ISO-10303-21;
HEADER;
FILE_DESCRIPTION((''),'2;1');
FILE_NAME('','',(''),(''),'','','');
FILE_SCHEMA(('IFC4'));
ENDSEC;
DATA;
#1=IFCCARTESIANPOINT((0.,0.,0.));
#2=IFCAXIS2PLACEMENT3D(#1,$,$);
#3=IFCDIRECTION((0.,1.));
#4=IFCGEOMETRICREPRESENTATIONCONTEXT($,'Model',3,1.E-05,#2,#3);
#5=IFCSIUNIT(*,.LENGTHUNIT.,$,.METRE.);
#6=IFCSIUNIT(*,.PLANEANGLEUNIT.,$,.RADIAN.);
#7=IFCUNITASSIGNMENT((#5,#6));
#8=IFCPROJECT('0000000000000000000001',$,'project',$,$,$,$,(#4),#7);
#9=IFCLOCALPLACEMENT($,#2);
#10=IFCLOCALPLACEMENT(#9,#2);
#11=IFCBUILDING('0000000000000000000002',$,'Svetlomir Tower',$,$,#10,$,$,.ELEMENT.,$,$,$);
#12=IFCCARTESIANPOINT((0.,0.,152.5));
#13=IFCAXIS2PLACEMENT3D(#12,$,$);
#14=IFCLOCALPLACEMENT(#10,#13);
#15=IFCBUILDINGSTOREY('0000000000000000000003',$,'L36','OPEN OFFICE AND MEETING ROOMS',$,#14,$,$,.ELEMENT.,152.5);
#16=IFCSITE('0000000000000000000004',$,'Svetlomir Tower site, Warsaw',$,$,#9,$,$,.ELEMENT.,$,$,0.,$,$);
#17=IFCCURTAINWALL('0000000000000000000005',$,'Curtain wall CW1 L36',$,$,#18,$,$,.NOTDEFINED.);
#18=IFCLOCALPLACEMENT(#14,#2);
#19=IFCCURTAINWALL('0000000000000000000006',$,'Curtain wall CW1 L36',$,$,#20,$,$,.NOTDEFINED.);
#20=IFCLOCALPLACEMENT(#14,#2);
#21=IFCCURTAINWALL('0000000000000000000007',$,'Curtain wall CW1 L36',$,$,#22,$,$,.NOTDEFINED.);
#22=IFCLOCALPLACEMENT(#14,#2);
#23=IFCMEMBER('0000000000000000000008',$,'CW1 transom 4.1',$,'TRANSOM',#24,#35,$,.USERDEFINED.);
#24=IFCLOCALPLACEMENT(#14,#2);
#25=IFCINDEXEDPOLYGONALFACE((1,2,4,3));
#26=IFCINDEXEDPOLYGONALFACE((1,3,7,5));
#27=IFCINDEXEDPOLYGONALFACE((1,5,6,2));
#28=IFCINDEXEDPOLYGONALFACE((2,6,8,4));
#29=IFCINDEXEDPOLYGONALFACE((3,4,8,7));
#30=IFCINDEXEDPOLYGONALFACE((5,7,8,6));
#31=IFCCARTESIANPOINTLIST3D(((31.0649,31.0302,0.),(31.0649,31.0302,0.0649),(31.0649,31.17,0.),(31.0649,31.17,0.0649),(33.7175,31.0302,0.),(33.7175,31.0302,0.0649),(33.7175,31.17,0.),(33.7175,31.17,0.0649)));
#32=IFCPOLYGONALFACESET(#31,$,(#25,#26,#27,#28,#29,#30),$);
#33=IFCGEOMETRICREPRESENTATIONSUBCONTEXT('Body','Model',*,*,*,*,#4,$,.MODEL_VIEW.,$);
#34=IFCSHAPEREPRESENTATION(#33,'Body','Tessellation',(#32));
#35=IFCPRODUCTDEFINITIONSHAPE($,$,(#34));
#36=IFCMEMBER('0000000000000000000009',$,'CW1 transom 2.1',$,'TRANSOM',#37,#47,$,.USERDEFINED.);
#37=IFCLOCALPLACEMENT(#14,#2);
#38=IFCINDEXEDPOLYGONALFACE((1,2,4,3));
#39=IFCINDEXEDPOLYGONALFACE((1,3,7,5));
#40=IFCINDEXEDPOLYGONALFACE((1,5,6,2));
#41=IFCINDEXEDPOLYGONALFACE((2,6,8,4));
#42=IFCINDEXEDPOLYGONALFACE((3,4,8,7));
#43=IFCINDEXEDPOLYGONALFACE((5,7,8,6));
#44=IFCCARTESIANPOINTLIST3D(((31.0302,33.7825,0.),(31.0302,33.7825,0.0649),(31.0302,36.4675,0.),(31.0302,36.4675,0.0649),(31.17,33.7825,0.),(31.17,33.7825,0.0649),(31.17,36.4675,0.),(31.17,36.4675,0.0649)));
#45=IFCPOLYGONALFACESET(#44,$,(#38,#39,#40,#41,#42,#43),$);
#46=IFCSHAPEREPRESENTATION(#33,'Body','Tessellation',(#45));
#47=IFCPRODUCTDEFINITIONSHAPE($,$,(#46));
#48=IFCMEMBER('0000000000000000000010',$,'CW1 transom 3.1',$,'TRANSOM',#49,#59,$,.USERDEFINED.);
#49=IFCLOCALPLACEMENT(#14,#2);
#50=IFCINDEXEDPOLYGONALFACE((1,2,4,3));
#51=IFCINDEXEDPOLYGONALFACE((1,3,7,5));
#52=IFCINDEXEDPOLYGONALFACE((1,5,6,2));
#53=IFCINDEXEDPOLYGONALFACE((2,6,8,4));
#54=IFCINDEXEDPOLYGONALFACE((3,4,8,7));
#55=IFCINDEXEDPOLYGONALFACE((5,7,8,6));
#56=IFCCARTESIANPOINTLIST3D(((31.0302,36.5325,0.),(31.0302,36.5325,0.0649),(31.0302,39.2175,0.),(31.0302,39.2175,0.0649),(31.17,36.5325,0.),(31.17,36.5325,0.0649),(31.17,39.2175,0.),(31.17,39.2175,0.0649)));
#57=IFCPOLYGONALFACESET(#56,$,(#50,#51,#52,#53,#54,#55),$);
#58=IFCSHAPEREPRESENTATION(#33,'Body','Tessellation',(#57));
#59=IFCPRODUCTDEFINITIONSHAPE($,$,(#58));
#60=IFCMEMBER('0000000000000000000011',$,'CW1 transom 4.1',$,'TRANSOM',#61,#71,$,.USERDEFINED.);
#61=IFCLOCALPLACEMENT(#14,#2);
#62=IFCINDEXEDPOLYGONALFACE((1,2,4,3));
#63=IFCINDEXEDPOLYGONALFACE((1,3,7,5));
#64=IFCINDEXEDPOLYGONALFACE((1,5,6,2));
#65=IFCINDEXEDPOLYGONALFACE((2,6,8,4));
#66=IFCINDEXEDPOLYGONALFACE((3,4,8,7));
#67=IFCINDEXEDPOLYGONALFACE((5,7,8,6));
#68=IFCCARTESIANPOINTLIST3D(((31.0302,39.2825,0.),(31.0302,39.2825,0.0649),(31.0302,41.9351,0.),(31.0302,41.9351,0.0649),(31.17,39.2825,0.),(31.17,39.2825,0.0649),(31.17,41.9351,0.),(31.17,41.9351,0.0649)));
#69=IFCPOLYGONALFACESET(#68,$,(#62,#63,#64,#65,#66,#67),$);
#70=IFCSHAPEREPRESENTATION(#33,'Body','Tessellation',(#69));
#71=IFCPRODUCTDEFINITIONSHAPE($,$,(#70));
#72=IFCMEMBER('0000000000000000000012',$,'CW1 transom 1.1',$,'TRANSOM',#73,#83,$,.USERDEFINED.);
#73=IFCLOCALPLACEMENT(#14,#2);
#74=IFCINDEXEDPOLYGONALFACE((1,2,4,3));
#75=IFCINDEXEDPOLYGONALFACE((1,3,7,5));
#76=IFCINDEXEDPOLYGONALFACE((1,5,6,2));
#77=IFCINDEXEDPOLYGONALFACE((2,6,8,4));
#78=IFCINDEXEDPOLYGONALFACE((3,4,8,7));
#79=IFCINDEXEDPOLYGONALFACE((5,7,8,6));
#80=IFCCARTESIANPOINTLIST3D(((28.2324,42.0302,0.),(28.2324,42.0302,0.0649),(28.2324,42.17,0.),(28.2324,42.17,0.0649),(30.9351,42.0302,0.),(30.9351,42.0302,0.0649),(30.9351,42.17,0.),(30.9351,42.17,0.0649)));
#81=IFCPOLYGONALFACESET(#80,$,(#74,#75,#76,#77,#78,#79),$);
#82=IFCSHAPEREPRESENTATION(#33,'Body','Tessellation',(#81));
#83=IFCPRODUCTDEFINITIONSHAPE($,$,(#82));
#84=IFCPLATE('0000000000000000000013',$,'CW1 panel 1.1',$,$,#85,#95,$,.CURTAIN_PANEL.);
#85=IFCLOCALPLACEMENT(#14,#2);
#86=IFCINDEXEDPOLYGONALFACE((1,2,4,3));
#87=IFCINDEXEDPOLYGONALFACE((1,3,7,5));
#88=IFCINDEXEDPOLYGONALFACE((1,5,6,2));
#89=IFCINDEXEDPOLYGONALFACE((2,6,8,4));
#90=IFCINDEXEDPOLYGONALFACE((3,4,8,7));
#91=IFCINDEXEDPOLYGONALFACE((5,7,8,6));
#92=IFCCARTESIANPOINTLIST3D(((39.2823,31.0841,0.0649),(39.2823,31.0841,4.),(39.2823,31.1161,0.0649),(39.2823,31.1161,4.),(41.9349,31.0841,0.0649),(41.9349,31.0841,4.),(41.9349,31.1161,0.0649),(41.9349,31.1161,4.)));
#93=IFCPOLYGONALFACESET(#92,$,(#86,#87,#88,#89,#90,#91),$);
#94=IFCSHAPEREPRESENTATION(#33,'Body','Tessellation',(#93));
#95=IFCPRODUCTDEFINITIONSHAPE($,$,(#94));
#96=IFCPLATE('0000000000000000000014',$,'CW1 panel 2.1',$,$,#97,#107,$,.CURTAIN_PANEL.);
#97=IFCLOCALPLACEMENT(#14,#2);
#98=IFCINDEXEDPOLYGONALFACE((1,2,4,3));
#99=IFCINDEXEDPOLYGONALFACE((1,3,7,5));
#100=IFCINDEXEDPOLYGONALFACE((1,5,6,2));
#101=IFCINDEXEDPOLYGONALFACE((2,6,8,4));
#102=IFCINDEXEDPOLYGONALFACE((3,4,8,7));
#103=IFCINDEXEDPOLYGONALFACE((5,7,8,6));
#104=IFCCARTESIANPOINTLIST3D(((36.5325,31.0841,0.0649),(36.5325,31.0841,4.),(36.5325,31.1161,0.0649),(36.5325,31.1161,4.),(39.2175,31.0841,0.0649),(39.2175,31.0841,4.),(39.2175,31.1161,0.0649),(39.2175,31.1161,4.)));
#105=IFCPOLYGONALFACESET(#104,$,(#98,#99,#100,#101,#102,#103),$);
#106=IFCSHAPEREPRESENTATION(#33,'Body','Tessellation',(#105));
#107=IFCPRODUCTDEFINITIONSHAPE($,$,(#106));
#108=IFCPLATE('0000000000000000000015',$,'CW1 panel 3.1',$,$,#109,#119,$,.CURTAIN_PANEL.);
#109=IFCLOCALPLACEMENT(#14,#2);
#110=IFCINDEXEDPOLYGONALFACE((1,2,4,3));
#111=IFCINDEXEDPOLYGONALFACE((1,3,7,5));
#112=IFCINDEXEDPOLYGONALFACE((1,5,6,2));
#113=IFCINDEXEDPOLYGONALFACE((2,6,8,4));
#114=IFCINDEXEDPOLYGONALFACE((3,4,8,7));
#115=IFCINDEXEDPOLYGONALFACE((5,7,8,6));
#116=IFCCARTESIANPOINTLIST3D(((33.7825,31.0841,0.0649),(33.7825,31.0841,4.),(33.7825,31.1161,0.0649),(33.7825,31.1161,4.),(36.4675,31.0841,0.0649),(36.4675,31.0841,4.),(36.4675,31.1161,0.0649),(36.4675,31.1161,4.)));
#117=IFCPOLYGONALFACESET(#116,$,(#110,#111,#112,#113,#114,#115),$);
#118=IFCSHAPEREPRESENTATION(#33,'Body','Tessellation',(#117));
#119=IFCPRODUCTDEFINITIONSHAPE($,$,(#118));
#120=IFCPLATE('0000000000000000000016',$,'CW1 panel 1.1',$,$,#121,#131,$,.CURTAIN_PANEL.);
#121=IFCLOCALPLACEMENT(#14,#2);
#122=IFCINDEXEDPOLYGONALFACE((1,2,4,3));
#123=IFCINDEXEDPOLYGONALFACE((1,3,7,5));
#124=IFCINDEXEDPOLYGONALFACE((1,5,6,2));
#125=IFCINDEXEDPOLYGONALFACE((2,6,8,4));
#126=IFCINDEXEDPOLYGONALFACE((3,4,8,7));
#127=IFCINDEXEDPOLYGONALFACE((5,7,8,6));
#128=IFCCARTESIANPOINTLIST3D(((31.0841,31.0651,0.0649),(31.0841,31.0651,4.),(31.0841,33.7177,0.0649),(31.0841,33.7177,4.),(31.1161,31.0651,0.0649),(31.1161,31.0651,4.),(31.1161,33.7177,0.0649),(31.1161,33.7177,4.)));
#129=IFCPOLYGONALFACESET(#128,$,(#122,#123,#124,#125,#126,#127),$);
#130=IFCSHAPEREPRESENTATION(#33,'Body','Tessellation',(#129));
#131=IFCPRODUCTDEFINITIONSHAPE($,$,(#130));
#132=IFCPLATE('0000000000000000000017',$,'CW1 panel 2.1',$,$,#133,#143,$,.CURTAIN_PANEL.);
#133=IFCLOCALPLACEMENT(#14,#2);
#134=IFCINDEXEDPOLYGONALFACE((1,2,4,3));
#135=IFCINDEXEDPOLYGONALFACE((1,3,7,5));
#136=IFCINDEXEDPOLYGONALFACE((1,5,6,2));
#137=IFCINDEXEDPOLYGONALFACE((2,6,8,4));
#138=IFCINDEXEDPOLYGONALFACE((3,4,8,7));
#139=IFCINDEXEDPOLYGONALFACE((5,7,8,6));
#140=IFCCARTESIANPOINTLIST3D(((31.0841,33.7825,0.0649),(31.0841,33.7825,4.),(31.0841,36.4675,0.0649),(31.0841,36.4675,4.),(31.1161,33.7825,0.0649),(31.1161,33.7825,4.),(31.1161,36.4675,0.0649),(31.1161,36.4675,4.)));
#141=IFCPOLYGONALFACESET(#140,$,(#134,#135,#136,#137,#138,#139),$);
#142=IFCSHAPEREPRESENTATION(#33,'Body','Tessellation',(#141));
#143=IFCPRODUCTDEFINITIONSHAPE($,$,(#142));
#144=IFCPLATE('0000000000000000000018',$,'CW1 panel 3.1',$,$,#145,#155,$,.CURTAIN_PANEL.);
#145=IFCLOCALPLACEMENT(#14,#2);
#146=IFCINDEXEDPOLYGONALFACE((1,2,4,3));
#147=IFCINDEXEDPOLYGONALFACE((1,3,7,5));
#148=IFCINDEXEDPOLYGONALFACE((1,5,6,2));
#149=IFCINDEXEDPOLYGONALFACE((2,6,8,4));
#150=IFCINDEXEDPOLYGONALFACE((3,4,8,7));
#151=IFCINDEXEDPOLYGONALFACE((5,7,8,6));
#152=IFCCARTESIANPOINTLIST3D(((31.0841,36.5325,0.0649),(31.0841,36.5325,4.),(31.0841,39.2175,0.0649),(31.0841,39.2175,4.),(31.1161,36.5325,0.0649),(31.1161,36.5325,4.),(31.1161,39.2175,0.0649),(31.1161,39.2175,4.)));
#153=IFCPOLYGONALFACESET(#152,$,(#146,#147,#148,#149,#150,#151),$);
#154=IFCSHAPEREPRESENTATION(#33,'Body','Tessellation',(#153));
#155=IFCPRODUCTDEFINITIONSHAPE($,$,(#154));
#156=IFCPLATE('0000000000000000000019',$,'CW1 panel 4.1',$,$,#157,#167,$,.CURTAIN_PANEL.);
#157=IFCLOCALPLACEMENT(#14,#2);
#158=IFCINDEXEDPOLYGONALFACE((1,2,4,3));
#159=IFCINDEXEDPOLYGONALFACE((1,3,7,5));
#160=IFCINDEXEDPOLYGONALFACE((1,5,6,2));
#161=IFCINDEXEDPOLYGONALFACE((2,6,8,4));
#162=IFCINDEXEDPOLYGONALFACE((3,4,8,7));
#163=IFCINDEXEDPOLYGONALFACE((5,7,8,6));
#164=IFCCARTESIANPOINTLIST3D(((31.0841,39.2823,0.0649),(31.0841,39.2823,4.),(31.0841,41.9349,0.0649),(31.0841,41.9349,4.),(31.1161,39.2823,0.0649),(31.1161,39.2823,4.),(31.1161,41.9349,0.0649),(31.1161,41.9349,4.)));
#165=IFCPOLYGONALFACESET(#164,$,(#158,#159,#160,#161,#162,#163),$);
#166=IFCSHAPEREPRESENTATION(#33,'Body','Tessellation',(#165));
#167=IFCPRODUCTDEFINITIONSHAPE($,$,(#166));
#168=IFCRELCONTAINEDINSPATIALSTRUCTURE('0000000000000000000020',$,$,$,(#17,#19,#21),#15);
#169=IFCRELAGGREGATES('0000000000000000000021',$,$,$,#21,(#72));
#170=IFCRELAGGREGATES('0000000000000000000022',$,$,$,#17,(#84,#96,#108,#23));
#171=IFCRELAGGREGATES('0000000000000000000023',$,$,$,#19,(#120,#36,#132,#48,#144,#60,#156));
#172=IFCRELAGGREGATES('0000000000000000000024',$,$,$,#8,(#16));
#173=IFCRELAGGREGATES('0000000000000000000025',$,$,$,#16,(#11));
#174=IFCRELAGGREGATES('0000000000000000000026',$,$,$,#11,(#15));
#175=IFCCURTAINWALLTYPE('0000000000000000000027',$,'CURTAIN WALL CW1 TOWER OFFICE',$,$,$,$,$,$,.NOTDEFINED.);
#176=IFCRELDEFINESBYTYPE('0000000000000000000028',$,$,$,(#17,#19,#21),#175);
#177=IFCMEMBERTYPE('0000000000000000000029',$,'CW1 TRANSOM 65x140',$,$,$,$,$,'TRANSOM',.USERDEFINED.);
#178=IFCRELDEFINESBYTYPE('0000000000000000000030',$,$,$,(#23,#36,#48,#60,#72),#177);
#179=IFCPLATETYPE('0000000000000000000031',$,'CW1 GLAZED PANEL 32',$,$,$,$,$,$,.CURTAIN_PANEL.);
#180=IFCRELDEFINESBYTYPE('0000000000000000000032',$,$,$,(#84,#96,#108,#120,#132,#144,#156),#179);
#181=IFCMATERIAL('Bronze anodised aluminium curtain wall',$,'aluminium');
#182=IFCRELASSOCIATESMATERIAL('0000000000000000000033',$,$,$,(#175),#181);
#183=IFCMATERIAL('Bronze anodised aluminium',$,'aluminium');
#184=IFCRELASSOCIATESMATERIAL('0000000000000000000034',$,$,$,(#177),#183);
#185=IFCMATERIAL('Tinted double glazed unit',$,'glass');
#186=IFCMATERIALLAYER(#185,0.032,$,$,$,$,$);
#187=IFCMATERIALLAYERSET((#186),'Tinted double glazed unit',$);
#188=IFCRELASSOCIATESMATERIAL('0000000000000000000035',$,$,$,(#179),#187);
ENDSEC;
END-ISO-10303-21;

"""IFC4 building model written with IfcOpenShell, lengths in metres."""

from ifc_helpers import new_model, si_unit, direction, frame, origin, origin_2d, place, context, subcontext, project, spatial, rectangle, extrude, material, layer, layer_set, material_profile, profile_set, type_object, element, aggregate, save


model = new_model("IFC4")

# Units and contexts
model_context = context("Model", 3, precision=1e-05, world=origin(), true_north=direction((0.0, 1.0)))
body_context = subcontext(model_context, "Body", "Model", "MODEL_VIEW")
ifc_project = project(units=[si_unit("LENGTHUNIT", "METRE"), si_unit("PLANEANGLEUNIT", "RADIAN")], contexts=[model_context])

# Site, building, storey
site_placement = place(None, origin())
site = spatial("IfcSite", under=ifc_project, at=site_placement, Name="Svetlomir Tower site, Warsaw", CompositionType="ELEMENT", RefElevation=0.0)
building_placement = place(site_placement, origin())
building = spatial("IfcBuilding", under=site, at=building_placement, Name="Svetlomir Tower", CompositionType="ELEMENT")
storey_placement = place(building_placement, frame((0.0, 0.0, 152.5)))
storey = spatial("IfcBuildingStorey", under=building, at=storey_placement, Name="L36", Description="OPEN OFFICE AND MEETING ROOMS", CompositionType="ELEMENT", Elevation=152.5)

# Curtain walls
ifc_material_1 = material(Name="Bronze anodised aluminium curtain wall", Category="aluminium")
curtain_wall_type = type_object("IfcCurtainWallType", Name="CURTAIN WALL CW1 TOWER OFFICE", PredefinedType="NOTDEFINED", material=ifc_material_1)
curtain_wall_1_placement = place(storey_placement, origin())
curtain_wall_1 = element("IfcCurtainWall", 1, at=curtain_wall_1_placement, inside=storey, type_object=curtain_wall_type, Name="Curtain wall CW1 L36", PredefinedType="NOTDEFINED")
curtain_wall_2_placement = place(storey_placement, origin())
curtain_wall_2 = element("IfcCurtainWall", 2, at=curtain_wall_2_placement, inside=storey, type_object=curtain_wall_type, Name="Curtain wall CW1 L36", PredefinedType="NOTDEFINED")

# Curtain wall
curtain_wall_3_placement = place(storey_placement, origin())
curtain_wall_3 = element("IfcCurtainWall", 3, at=curtain_wall_3_placement, inside=storey, type_object=curtain_wall_type, Name="Curtain wall CW1 L36", PredefinedType="NOTDEFINED")

# Members
ifc_material_2 = material(Name="Bronze anodised aluminium", Category="aluminium")
ifc_material_profile_1 = material_profile(ifc_material_2, rectangle(XDim=0.1399, YDim=0.0649, at=origin_2d()), Name="AL 140x65")
ifc_profile_set_1 = profile_set([ifc_material_profile_1], Name="Bronze anodised aluminium 6063-T6")
member_type_1 = type_object("IfcMemberType", Name="CW1 TRANSOM 65x140", ElementType="TRANSOM", PredefinedType="USERDEFINED", material=ifc_profile_set_1)
member_1_placement = place(storey_placement, frame((33.7175, 31.1001, 0.0325), z_axis=(-1.0, 0.0, 0.0), x_axis=(0.0, -1.0, 0.0)))
member_1 = element("IfcMember", 4, at=member_1_placement, type_object=member_type_1, Name="CW1 transom 4.1", ObjectType="TRANSOM", PredefinedType="USERDEFINED", context=body_context, shape_type="SweptSolid", body=[
    extrude(rectangle(XDim=0.1399, YDim=0.0649, at=origin_2d()), origin(), (0.0, 0.0, 1.0), 2.6526),
])
member_2_placement = place(storey_placement, frame((31.1001, 33.7825, 0.0325), z_axis=(0.0, 1.0, 0.0), x_axis=(-1.0, 0.0, 0.0)))
member_2 = element("IfcMember", 5, at=member_2_placement, type_object=member_type_1, Name="CW1 transom 2.1", ObjectType="TRANSOM", PredefinedType="USERDEFINED", context=body_context, shape_type="SweptSolid", body=[
    extrude(rectangle(XDim=0.1399, YDim=0.0649, at=origin_2d()), origin(), (0.0, 0.0, 1.0), 2.6851),
])
member_3_placement = place(storey_placement, frame((31.1001, 36.5325, 0.0325), z_axis=(0.0, 1.0, 0.0), x_axis=(-1.0, 0.0, 0.0)))
member_3 = element("IfcMember", 6, at=member_3_placement, type_object=member_type_1, Name="CW1 transom 3.1", ObjectType="TRANSOM", PredefinedType="USERDEFINED", context=body_context, shape_type="SweptSolid", body=[
    extrude(rectangle(XDim=0.1399, YDim=0.0649, at=origin_2d()), origin(), (0.0, 0.0, 1.0), 2.6851),
])
member_4_placement = place(storey_placement, frame((31.1001, 39.2825, 0.0325), z_axis=(0.0, 1.0, 0.0), x_axis=(-1.0, 0.0, 0.0)))
member_4 = element("IfcMember", 7, at=member_4_placement, type_object=member_type_1, Name="CW1 transom 4.1", ObjectType="TRANSOM", PredefinedType="USERDEFINED", context=body_context, shape_type="SweptSolid", body=[
    extrude(rectangle(XDim=0.1399, YDim=0.0649, at=origin_2d()), origin(), (0.0, 0.0, 1.0), 2.6526),
])
member_5_placement = place(storey_placement, frame((30.9351, 42.1001, 0.0325), z_axis=(-1.0, 0.0, 0.0), x_axis=(0.0, -1.0, 0.0)))
member_5 = element("IfcMember", 8, at=member_5_placement, type_object=member_type_1, Name="CW1 transom 1.1", ObjectType="TRANSOM", PredefinedType="USERDEFINED", context=body_context, shape_type="SweptSolid", body=[
    extrude(rectangle(XDim=0.1399, YDim=0.0649, at=origin_2d()), origin(), (0.0, 0.0, 1.0), 2.7026),
])
aggregate(curtain_wall_3, [member_5])

# Plates
ifc_material_3 = material(Name="Tinted double glazed unit", Category="glass")
ifc_layer = layer(ifc_material_3, 0.032)
ifc_layer_set = layer_set([ifc_layer], Name="Tinted double glazed unit")
plate_type = type_object("IfcPlateType", Name="CW1 GLAZED PANEL 32", PredefinedType="CURTAIN_PANEL", material=ifc_layer_set)
plate_1_placement = place(storey_placement, frame((40.6086, 31.1001, 0.0649), z_axis=(0.0, 0.0, 1.0), x_axis=(-1.0, 0.0, 0.0)))
plate_1 = element("IfcPlate", 9, at=plate_1_placement, type_object=plate_type, Name="CW1 panel 1.1", PredefinedType="CURTAIN_PANEL", context=body_context, shape_type="SweptSolid", body=[
    extrude(rectangle(XDim=2.6526, YDim=0.032, at=origin_2d()), origin(), (0.0, 0.0, 1.0), 3.9351),
])
plate_2_placement = place(storey_placement, frame((37.875, 31.1001, 0.0649), z_axis=(0.0, 0.0, 1.0), x_axis=(-1.0, 0.0, 0.0)))
plate_2 = element("IfcPlate", 10, at=plate_2_placement, type_object=plate_type, Name="CW1 panel 2.1", PredefinedType="CURTAIN_PANEL", context=body_context, shape_type="SweptSolid", body=[
    extrude(rectangle(XDim=2.6851, YDim=0.032, at=origin_2d()), origin(), (0.0, 0.0, 1.0), 3.9351),
])
plate_3_placement = place(storey_placement, frame((35.125, 31.1001, 0.0649), z_axis=(0.0, 0.0, 1.0), x_axis=(-1.0, 0.0, 0.0)))
plate_3 = element("IfcPlate", 11, at=plate_3_placement, type_object=plate_type, Name="CW1 panel 3.1", PredefinedType="CURTAIN_PANEL", context=body_context, shape_type="SweptSolid", body=[
    extrude(rectangle(XDim=2.6851, YDim=0.032, at=origin_2d()), origin(), (0.0, 0.0, 1.0), 3.9351),
])
aggregate(curtain_wall_1, [plate_1, plate_2, plate_3, member_1])
plate_4_placement = place(storey_placement, frame((31.1001, 32.3914, 0.0649), z_axis=(0.0, 0.0, 1.0), x_axis=(0.0, 1.0, 0.0)))
plate_4 = element("IfcPlate", 12, at=plate_4_placement, type_object=plate_type, Name="CW1 panel 1.1", PredefinedType="CURTAIN_PANEL", context=body_context, shape_type="SweptSolid", body=[
    extrude(rectangle(XDim=2.6526, YDim=0.032, at=origin_2d()), origin(), (0.0, 0.0, 1.0), 3.9351),
])
plate_5_placement = place(storey_placement, frame((31.1001, 35.125, 0.0649), z_axis=(0.0, 0.0, 1.0), x_axis=(0.0, 1.0, 0.0)))
plate_5 = element("IfcPlate", 13, at=plate_5_placement, type_object=plate_type, Name="CW1 panel 2.1", PredefinedType="CURTAIN_PANEL", context=body_context, shape_type="SweptSolid", body=[
    extrude(rectangle(XDim=2.6851, YDim=0.032, at=origin_2d()), origin(), (0.0, 0.0, 1.0), 3.9351),
])
plate_6_placement = place(storey_placement, frame((31.1001, 37.875, 0.0649), z_axis=(0.0, 0.0, 1.0), x_axis=(0.0, 1.0, 0.0)))
plate_6 = element("IfcPlate", 14, at=plate_6_placement, type_object=plate_type, Name="CW1 panel 3.1", PredefinedType="CURTAIN_PANEL", context=body_context, shape_type="SweptSolid", body=[
    extrude(rectangle(XDim=2.6851, YDim=0.032, at=origin_2d()), origin(), (0.0, 0.0, 1.0), 3.9351),
])
plate_7_placement = place(storey_placement, frame((31.1001, 40.6086, 0.0649), z_axis=(0.0, 0.0, 1.0), x_axis=(0.0, 1.0, 0.0)))
plate_7 = element("IfcPlate", 15, at=plate_7_placement, type_object=plate_type, Name="CW1 panel 4.1", PredefinedType="CURTAIN_PANEL", context=body_context, shape_type="SweptSolid", body=[
    extrude(rectangle(XDim=2.6526, YDim=0.032, at=origin_2d()), origin(), (0.0, 0.0, 1.0), 3.9351),
])
aggregate(curtain_wall_2, [plate_4, member_2, plate_5, member_3, plate_6, member_4, plate_7])

save(model, "model.ifc")
